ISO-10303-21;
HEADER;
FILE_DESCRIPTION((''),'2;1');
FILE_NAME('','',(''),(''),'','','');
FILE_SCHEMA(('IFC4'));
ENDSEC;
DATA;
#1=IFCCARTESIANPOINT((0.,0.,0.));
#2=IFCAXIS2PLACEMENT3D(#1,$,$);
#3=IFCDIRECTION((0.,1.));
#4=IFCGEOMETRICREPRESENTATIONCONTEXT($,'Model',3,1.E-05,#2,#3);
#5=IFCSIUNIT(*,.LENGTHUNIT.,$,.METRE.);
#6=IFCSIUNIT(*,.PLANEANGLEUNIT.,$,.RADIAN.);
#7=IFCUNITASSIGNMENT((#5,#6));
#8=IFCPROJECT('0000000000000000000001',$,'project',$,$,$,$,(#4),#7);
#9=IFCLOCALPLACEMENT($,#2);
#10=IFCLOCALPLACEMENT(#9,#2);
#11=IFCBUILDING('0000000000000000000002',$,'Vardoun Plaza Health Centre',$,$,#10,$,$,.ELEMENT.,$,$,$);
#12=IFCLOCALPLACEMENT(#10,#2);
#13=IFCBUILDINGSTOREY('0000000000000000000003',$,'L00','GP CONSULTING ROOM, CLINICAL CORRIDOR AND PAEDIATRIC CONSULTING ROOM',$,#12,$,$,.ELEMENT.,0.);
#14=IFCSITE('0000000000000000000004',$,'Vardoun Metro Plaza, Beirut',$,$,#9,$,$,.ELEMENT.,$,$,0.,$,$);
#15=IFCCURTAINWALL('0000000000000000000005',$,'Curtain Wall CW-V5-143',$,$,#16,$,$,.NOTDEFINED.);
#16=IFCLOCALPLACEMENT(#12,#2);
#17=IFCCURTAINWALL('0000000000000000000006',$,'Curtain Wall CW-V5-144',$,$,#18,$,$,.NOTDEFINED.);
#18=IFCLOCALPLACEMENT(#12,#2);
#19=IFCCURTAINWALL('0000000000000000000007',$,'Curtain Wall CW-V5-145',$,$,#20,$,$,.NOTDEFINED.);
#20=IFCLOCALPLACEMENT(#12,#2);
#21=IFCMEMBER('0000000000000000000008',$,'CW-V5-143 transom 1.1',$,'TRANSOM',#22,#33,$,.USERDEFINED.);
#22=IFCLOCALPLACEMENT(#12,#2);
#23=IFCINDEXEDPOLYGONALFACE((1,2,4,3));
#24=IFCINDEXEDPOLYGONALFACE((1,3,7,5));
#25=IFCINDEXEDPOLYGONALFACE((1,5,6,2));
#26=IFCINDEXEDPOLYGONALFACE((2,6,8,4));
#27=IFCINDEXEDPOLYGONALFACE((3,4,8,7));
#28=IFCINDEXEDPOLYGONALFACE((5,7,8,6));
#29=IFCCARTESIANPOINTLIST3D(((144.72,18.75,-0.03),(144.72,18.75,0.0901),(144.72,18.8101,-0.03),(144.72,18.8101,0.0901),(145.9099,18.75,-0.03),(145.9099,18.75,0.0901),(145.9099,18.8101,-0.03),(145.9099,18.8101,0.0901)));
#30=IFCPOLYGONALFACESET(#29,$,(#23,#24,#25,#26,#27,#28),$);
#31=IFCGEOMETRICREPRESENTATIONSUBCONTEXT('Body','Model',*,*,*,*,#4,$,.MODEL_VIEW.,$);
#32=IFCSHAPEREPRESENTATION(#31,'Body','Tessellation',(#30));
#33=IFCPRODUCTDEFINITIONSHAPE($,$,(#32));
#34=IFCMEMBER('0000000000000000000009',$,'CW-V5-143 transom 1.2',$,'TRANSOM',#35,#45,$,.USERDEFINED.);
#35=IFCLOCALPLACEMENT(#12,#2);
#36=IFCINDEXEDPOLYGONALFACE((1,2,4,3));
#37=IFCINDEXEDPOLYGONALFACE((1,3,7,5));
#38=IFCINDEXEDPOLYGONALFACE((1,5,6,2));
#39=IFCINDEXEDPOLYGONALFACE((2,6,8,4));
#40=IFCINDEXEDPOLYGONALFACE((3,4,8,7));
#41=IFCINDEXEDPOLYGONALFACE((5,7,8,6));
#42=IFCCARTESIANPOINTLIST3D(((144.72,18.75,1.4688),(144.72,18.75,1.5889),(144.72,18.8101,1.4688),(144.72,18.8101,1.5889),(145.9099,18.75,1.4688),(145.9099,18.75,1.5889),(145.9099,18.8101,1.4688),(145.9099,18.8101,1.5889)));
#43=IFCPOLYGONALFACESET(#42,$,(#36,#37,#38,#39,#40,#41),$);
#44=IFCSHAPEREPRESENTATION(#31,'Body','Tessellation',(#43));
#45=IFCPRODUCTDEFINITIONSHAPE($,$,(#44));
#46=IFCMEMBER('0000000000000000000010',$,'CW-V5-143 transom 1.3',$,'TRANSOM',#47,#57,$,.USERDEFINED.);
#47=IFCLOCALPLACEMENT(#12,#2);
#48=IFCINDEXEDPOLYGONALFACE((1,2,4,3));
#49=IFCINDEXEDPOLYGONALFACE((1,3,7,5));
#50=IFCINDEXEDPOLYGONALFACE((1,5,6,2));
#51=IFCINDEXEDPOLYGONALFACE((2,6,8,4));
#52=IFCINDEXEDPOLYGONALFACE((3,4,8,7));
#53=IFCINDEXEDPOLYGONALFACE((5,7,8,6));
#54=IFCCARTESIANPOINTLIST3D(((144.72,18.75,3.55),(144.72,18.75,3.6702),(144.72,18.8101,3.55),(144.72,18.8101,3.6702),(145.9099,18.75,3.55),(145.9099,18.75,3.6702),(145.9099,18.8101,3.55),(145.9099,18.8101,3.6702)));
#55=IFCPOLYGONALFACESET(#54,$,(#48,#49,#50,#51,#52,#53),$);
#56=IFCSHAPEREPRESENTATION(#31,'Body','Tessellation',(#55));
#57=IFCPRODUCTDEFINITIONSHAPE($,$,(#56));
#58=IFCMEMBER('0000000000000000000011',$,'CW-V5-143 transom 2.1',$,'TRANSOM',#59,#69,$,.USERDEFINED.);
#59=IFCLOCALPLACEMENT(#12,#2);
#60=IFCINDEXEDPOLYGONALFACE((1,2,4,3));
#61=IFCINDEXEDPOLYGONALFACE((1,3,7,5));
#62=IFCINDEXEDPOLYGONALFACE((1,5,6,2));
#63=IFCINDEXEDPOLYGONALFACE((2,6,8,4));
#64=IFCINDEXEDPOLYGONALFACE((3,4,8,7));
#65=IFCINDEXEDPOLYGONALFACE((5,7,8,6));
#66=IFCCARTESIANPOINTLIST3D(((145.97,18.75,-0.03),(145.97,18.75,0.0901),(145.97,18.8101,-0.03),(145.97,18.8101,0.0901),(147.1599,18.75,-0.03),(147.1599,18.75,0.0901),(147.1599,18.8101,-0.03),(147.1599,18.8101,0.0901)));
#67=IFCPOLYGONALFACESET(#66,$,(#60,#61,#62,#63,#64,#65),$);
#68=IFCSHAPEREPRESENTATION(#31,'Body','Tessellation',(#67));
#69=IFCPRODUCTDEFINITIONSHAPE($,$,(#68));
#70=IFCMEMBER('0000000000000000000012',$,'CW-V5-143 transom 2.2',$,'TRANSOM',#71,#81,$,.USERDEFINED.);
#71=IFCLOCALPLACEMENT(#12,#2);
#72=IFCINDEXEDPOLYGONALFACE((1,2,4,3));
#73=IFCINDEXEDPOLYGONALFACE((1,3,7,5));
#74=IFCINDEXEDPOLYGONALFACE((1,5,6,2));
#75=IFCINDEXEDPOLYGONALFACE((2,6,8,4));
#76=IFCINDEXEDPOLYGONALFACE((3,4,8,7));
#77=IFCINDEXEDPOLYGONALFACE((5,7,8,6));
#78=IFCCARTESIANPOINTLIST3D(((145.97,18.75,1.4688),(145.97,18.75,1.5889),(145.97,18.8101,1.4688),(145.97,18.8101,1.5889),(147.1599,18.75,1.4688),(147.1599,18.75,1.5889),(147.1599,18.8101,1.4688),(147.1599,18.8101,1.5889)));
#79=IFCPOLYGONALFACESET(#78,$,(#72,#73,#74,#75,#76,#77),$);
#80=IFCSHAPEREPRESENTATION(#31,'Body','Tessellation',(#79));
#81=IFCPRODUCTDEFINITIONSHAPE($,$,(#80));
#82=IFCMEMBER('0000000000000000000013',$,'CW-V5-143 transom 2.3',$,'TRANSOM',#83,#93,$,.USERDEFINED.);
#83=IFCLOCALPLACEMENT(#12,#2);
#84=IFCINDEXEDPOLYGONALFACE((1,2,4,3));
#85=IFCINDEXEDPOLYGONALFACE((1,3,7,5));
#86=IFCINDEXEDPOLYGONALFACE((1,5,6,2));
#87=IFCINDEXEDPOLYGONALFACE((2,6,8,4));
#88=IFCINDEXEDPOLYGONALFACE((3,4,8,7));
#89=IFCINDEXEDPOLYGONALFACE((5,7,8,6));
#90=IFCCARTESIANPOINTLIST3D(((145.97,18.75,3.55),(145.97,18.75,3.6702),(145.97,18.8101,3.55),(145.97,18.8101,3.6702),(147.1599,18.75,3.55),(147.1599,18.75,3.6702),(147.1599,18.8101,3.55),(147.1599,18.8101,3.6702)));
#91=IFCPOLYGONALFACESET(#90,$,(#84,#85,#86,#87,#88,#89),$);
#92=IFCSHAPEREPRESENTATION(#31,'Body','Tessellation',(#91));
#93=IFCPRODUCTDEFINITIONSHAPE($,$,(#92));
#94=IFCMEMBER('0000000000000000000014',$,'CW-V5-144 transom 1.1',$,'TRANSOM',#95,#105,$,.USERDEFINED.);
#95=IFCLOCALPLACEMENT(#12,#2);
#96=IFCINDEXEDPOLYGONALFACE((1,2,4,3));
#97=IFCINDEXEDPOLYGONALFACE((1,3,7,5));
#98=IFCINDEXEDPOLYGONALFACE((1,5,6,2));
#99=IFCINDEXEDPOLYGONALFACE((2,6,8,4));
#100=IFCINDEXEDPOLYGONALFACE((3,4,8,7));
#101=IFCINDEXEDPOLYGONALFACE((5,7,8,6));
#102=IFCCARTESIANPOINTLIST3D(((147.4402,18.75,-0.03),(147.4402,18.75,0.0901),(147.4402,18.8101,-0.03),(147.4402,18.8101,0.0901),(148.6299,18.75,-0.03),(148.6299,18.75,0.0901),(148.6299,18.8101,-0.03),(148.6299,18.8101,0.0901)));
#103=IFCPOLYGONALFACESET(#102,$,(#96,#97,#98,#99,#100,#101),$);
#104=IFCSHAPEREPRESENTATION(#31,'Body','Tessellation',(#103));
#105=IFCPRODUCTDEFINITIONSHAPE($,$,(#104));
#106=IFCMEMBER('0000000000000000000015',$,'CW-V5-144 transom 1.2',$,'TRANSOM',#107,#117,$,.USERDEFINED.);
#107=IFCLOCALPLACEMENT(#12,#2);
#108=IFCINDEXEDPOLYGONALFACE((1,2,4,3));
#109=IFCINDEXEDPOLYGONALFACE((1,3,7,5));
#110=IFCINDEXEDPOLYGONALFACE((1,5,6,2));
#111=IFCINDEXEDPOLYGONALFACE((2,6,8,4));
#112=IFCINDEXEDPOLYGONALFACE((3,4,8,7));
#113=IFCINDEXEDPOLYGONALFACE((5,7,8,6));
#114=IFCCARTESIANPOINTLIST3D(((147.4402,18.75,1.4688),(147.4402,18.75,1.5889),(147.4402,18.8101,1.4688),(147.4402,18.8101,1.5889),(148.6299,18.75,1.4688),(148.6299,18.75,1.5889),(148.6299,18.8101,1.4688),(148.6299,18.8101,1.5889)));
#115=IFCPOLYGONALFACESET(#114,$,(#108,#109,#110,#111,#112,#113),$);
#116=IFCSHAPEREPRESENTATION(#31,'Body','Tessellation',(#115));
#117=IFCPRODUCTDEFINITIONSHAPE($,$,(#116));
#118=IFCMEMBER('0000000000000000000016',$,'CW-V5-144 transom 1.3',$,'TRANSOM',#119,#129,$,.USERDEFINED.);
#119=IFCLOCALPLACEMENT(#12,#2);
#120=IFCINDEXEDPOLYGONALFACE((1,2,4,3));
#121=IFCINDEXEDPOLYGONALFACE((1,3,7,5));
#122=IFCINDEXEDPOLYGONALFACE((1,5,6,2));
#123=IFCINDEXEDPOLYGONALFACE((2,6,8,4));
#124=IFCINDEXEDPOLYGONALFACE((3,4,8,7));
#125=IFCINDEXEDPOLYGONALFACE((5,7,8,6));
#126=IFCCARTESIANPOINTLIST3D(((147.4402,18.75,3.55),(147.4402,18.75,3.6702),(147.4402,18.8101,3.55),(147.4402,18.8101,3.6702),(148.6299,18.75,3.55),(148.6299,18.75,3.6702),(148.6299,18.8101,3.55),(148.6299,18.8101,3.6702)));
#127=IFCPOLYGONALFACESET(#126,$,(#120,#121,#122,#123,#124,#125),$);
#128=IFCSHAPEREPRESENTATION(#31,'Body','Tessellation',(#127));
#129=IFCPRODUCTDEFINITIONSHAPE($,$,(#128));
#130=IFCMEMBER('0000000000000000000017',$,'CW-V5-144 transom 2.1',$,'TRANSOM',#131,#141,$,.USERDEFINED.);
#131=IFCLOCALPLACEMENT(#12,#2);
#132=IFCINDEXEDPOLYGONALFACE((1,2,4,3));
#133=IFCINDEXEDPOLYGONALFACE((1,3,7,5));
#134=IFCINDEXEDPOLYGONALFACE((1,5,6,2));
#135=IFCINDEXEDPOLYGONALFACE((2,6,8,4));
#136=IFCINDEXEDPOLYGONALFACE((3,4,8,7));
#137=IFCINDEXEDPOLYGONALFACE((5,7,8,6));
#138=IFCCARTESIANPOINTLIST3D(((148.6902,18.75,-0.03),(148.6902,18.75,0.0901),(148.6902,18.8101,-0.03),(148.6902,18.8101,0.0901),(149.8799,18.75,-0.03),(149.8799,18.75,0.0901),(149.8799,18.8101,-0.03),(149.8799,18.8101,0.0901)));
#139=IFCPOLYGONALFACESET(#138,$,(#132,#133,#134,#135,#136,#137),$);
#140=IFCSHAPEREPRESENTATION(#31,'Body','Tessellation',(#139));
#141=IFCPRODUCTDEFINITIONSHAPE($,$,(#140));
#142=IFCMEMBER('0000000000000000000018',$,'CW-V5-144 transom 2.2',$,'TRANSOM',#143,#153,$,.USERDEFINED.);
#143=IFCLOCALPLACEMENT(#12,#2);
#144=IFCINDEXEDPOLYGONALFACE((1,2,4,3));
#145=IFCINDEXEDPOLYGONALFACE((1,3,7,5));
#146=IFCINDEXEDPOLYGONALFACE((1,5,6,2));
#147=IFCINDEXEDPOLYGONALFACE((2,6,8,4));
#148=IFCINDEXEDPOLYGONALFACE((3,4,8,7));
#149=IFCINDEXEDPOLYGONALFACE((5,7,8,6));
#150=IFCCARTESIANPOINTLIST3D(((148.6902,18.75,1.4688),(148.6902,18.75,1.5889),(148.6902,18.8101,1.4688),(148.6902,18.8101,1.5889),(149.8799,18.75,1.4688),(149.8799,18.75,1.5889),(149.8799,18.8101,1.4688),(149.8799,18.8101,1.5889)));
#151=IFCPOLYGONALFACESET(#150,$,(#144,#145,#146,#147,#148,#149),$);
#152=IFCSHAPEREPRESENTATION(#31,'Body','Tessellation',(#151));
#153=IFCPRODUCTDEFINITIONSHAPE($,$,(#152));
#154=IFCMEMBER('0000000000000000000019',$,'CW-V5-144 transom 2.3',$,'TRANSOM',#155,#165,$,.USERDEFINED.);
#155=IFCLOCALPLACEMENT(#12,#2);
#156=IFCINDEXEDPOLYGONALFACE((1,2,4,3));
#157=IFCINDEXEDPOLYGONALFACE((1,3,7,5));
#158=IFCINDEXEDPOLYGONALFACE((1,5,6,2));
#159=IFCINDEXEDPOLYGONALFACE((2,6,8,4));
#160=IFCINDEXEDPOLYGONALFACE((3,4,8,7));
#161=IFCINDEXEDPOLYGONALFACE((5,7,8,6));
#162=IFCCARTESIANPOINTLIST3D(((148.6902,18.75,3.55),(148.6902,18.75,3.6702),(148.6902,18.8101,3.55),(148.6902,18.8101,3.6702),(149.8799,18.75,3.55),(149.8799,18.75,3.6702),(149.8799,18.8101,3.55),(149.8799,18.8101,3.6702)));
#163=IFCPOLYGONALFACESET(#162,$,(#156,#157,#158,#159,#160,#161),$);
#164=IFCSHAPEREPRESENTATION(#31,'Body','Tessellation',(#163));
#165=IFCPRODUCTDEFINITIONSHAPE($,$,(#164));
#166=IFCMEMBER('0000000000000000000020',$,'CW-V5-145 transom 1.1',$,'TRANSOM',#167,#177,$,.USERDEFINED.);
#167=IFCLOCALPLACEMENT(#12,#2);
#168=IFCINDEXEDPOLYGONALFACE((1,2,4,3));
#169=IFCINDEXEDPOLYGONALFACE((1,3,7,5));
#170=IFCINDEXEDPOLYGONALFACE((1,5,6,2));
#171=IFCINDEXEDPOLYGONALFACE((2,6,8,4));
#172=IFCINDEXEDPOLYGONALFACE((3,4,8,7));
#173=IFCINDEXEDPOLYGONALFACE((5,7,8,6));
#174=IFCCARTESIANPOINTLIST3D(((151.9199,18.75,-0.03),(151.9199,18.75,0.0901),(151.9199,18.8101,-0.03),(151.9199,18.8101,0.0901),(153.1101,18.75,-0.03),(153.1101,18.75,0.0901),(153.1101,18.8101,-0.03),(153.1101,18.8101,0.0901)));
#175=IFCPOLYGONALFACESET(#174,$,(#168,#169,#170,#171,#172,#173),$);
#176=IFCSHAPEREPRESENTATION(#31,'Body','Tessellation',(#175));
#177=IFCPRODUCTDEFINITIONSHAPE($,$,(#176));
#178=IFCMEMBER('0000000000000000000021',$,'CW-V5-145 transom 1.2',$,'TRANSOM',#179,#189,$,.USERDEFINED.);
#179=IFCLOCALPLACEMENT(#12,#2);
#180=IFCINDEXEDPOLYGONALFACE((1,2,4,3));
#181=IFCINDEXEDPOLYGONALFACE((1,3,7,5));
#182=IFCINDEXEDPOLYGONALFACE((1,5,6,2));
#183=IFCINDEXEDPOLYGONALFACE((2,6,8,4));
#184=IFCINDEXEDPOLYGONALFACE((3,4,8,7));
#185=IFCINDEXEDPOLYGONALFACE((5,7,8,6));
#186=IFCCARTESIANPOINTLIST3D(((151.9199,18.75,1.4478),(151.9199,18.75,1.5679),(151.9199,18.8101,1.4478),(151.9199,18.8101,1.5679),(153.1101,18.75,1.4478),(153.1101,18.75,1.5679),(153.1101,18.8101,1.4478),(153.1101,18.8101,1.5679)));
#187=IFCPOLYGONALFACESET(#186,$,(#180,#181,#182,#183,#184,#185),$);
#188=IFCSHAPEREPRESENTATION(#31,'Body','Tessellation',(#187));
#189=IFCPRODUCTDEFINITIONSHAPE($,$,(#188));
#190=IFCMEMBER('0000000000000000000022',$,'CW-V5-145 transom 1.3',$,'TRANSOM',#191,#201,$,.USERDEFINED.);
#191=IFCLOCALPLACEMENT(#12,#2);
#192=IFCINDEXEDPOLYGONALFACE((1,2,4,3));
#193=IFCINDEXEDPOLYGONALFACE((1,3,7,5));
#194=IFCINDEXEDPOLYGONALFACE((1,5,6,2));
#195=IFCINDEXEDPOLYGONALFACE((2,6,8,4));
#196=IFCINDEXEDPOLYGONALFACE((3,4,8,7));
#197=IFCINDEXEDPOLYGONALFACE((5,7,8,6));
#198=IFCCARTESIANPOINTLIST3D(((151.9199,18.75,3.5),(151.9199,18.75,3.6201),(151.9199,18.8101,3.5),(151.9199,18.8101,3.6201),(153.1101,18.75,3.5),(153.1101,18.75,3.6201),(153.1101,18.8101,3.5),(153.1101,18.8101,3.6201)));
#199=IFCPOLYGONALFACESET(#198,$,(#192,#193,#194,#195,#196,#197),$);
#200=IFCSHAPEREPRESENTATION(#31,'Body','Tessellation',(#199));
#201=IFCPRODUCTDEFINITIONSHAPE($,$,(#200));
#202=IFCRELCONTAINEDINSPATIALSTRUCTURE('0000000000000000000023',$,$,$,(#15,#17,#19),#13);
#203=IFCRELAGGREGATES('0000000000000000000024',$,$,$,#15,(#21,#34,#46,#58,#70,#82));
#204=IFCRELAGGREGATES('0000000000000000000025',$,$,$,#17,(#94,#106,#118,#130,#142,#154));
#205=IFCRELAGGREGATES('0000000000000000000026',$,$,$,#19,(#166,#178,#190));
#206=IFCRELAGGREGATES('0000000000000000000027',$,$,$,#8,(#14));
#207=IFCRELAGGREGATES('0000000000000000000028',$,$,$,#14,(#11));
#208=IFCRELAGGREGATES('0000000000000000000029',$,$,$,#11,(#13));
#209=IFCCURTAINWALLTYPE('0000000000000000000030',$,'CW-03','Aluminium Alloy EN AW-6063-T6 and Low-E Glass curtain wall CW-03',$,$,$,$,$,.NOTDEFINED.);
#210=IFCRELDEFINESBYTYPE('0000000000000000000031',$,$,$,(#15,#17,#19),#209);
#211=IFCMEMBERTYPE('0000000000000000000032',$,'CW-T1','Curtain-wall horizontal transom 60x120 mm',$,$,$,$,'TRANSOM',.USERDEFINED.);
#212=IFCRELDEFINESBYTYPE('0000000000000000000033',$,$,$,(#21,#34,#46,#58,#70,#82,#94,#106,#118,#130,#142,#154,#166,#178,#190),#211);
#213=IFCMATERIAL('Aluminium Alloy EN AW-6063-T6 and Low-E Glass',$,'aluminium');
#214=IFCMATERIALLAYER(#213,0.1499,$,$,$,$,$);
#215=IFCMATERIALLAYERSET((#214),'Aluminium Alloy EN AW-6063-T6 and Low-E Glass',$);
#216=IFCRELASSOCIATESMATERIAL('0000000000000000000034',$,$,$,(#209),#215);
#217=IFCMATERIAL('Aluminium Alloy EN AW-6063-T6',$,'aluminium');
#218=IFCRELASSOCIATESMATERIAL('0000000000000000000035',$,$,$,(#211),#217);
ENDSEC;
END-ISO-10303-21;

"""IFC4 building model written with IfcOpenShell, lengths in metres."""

from ifc_helpers import new_model, si_unit, direction, frame, origin, origin_2d, place, context, subcontext, project, spatial, rectangle, extrude, material, layer, layer_set, material_profile, profile_set, type_object, element, aggregate, save


model = new_model("IFC4")

# Units and contexts
model_context = context("Model", 3, precision=1e-05, world=origin(), true_north=direction((0.0, 1.0)))
body_context = subcontext(model_context, "Body", "Model", "MODEL_VIEW")
ifc_project = project(units=[si_unit("LENGTHUNIT", "METRE"), si_unit("PLANEANGLEUNIT", "RADIAN")], contexts=[model_context])

# Site, building, storey
site_placement = place(None, origin())
site = spatial("IfcSite", under=ifc_project, at=site_placement, Name="Vardoun Metro Plaza, Beirut", CompositionType="ELEMENT", RefElevation=0.0)
building_placement = place(site_placement, origin())
building = spatial("IfcBuilding", under=site, at=building_placement, Name="Vardoun Plaza Health Centre", CompositionType="ELEMENT")
storey_placement = place(building_placement, origin())
storey = spatial("IfcBuildingStorey", under=building, at=storey_placement, Name="L00", Description="GP CONSULTING ROOM, CLINICAL CORRIDOR AND PAEDIATRIC CONSULTING ROOM", CompositionType="ELEMENT", Elevation=0.0)

# Curtain walls
ifc_material_1 = material(Name="Aluminium Alloy EN AW-6063-T6 and Low-E Glass", Category="aluminium")
ifc_layer_1 = layer(ifc_material_1, 0.1499)
ifc_layer_set_1 = layer_set([ifc_layer_1], Name="Aluminium Alloy EN AW-6063-T6 and Low-E Glass")
curtain_wall_type = type_object("IfcCurtainWallType", Name="CW-03", Description="Aluminium Alloy EN AW-6063-T6 and Low-E Glass curtain wall CW-03", PredefinedType="NOTDEFINED", material=ifc_layer_set_1)
curtain_wall_1_placement = place(storey_placement, origin())
curtain_wall_1 = element("IfcCurtainWall", 1, at=curtain_wall_1_placement, inside=storey, type_object=curtain_wall_type, Name="Curtain Wall CW-V5-143", PredefinedType="NOTDEFINED")
curtain_wall_2_placement = place(storey_placement, origin())
curtain_wall_2 = element("IfcCurtainWall", 2, at=curtain_wall_2_placement, inside=storey, type_object=curtain_wall_type, Name="Curtain Wall CW-V5-144", PredefinedType="NOTDEFINED")
curtain_wall_3_placement = place(storey_placement, origin())
curtain_wall_3 = element("IfcCurtainWall", 3, at=curtain_wall_3_placement, inside=storey, type_object=curtain_wall_type, Name="Curtain Wall CW-V5-145", PredefinedType="NOTDEFINED")

# Members
ifc_material_2 = material(Name="Aluminium Alloy EN AW-6063-T6", Category="aluminium")
ifc_material_profile_1 = material_profile(ifc_material_2, rectangle(XDim=0.0601, YDim=0.1201, at=origin_2d()), Name="CWT 60x120")
ifc_profile_set_1 = profile_set([ifc_material_profile_1], Name="Aluminium Alloy EN AW-6063-T6")
member_type_1 = type_object("IfcMemberType", Name="CW-T1", Description="Curtain-wall horizontal transom 60x120 mm", ElementType="TRANSOM", PredefinedType="USERDEFINED", material=ifc_profile_set_1)
member_1_placement = place(storey_placement, frame((144.72, 18.78, 0.03), z_axis=(1.0, 0.0, 0.0), x_axis=(0.0, 1.0, 0.0)))
member_1 = element("IfcMember", 4, at=member_1_placement, type_object=member_type_1, Name="CW-V5-143 transom 1.1", ObjectType="TRANSOM", PredefinedType="USERDEFINED", context=body_context, shape_type="SweptSolid", body=[
    extrude(rectangle(XDim=0.0601, YDim=0.1201, at=origin_2d()), origin(), (0.0, 0.0, 1.0), 1.1899),
])
member_2_placement = place(storey_placement, frame((144.72, 18.78, 1.5288), z_axis=(1.0, 0.0, 0.0), x_axis=(0.0, 1.0, 0.0)))
member_2 = element("IfcMember", 5, at=member_2_placement, type_object=member_type_1, Name="CW-V5-143 transom 1.2", ObjectType="TRANSOM", PredefinedType="USERDEFINED", context=body_context, shape_type="SweptSolid", body=[
    extrude(rectangle(XDim=0.0601, YDim=0.1201, at=origin_2d()), origin(), (0.0, 0.0, 1.0), 1.1899),
])
member_3_placement = place(storey_placement, frame((144.72, 18.78, 3.6101), z_axis=(1.0, 0.0, 0.0), x_axis=(0.0, 1.0, 0.0)))
member_3 = element("IfcMember", 6, at=member_3_placement, type_object=member_type_1, Name="CW-V5-143 transom 1.3", ObjectType="TRANSOM", PredefinedType="USERDEFINED", context=body_context, shape_type="SweptSolid", body=[
    extrude(rectangle(XDim=0.0601, YDim=0.1201, at=origin_2d()), origin(), (0.0, 0.0, 1.0), 1.1899),
])
member_4_placement = place(storey_placement, frame((145.97, 18.78, 0.03), z_axis=(1.0, 0.0, 0.0), x_axis=(0.0, 1.0, 0.0)))
member_4 = element("IfcMember", 7, at=member_4_placement, type_object=member_type_1, Name="CW-V5-143 transom 2.1", ObjectType="TRANSOM", PredefinedType="USERDEFINED", context=body_context, shape_type="SweptSolid", body=[
    extrude(rectangle(XDim=0.0601, YDim=0.1201, at=origin_2d()), origin(), (0.0, 0.0, 1.0), 1.1899),
])
member_5_placement = place(storey_placement, frame((145.97, 18.78, 1.5288), z_axis=(1.0, 0.0, 0.0), x_axis=(0.0, 1.0, 0.0)))
member_5 = element("IfcMember", 8, at=member_5_placement, type_object=member_type_1, Name="CW-V5-143 transom 2.2", ObjectType="TRANSOM", PredefinedType="USERDEFINED", context=body_context, shape_type="SweptSolid", body=[
    extrude(rectangle(XDim=0.0601, YDim=0.1201, at=origin_2d()), origin(), (0.0, 0.0, 1.0), 1.1899),
])
member_6_placement = place(storey_placement, frame((145.97, 18.78, 3.6101), z_axis=(1.0, 0.0, 0.0), x_axis=(0.0, 1.0, 0.0)))
member_6 = element("IfcMember", 9, at=member_6_placement, type_object=member_type_1, Name="CW-V5-143 transom 2.3", ObjectType="TRANSOM", PredefinedType="USERDEFINED", context=body_context, shape_type="SweptSolid", body=[
    extrude(rectangle(XDim=0.0601, YDim=0.1201, at=origin_2d()), origin(), (0.0, 0.0, 1.0), 1.1899),
])
member_7_placement = place(storey_placement, frame((147.4402, 18.78, 0.03), z_axis=(1.0, 0.0, 0.0), x_axis=(0.0, 1.0, 0.0)))
member_7 = element("IfcMember", 10, at=member_7_placement, type_object=member_type_1, Name="CW-V5-144 transom 1.1", ObjectType="TRANSOM", PredefinedType="USERDEFINED", context=body_context, shape_type="SweptSolid", body=[
    extrude(rectangle(XDim=0.0601, YDim=0.1201, at=origin_2d()), origin(), (0.0, 0.0, 1.0), 1.1897),
])
member_8_placement = place(storey_placement, frame((147.4402, 18.78, 1.5288), z_axis=(1.0, 0.0, 0.0), x_axis=(0.0, 1.0, 0.0)))
member_8 = element("IfcMember", 11, at=member_8_placement, type_object=member_type_1, Name="CW-V5-144 transom 1.2", ObjectType="TRANSOM", PredefinedType="USERDEFINED", context=body_context, shape_type="SweptSolid", body=[
    extrude(rectangle(XDim=0.0601, YDim=0.1201, at=origin_2d()), origin(), (0.0, 0.0, 1.0), 1.1897),
])
member_9_placement = place(storey_placement, frame((147.4402, 18.78, 3.6101), z_axis=(1.0, 0.0, 0.0), x_axis=(0.0, 1.0, 0.0)))
member_9 = element("IfcMember", 12, at=member_9_placement, type_object=member_type_1, Name="CW-V5-144 transom 1.3", ObjectType="TRANSOM", PredefinedType="USERDEFINED", context=body_context, shape_type="SweptSolid", body=[
    extrude(rectangle(XDim=0.0601, YDim=0.1201, at=origin_2d()), origin(), (0.0, 0.0, 1.0), 1.1897),
])
member_10_placement = place(storey_placement, frame((148.6902, 18.78, 0.03), z_axis=(1.0, 0.0, 0.0), x_axis=(0.0, 1.0, 0.0)))
member_10 = element("IfcMember", 13, at=member_10_placement, type_object=member_type_1, Name="CW-V5-144 transom 2.1", ObjectType="TRANSOM", PredefinedType="USERDEFINED", context=body_context, shape_type="SweptSolid", body=[
    extrude(rectangle(XDim=0.0601, YDim=0.1201, at=origin_2d()), origin(), (0.0, 0.0, 1.0), 1.1897),
])
member_11_placement = place(storey_placement, frame((148.6902, 18.78, 1.5288), z_axis=(1.0, 0.0, 0.0), x_axis=(0.0, 1.0, 0.0)))
member_11 = element("IfcMember", 14, at=member_11_placement, type_object=member_type_1, Name="CW-V5-144 transom 2.2", ObjectType="TRANSOM", PredefinedType="USERDEFINED", context=body_context, shape_type="SweptSolid", body=[
    extrude(rectangle(XDim=0.0601, YDim=0.1201, at=origin_2d()), origin(), (0.0, 0.0, 1.0), 1.1897),
])
member_12_placement = place(storey_placement, frame((148.6902, 18.78, 3.6101), z_axis=(1.0, 0.0, 0.0), x_axis=(0.0, 1.0, 0.0)))
member_12 = element("IfcMember", 15, at=member_12_placement, type_object=member_type_1, Name="CW-V5-144 transom 2.3", ObjectType="TRANSOM", PredefinedType="USERDEFINED", context=body_context, shape_type="SweptSolid", body=[
    extrude(rectangle(XDim=0.0601, YDim=0.1201, at=origin_2d()), origin(), (0.0, 0.0, 1.0), 1.1897),
])
member_13_placement = place(storey_placement, frame((151.9199, 18.78, 0.03), z_axis=(1.0, 0.0, 0.0), x_axis=(0.0, 1.0, 0.0)))
member_13 = element("IfcMember", 16, at=member_13_placement, type_object=member_type_1, Name="CW-V5-145 transom 1.1", ObjectType="TRANSOM", PredefinedType="USERDEFINED", context=body_context, shape_type="SweptSolid", body=[
    extrude(rectangle(XDim=0.0601, YDim=0.1201, at=origin_2d()), origin(), (0.0, 0.0, 1.0), 1.1902),
])
member_14_placement = place(storey_placement, frame((151.9199, 18.78, 1.5078), z_axis=(1.0, 0.0, 0.0), x_axis=(0.0, 1.0, 0.0)))
member_14 = element("IfcMember", 17, at=member_14_placement, type_object=member_type_1, Name="CW-V5-145 transom 1.2", ObjectType="TRANSOM", PredefinedType="USERDEFINED", context=body_context, shape_type="SweptSolid", body=[
    extrude(rectangle(XDim=0.0601, YDim=0.1201, at=origin_2d()), origin(), (0.0, 0.0, 1.0), 1.1902),
])
member_15_placement = place(storey_placement, frame((151.9199, 18.78, 3.5601), z_axis=(1.0, 0.0, 0.0), x_axis=(0.0, 1.0, 0.0)))
member_15 = element("IfcMember", 18, at=member_15_placement, type_object=member_type_1, Name="CW-V5-145 transom 1.3", ObjectType="TRANSOM", PredefinedType="USERDEFINED", context=body_context, shape_type="SweptSolid", body=[
    extrude(rectangle(XDim=0.0601, YDim=0.1201, at=origin_2d()), origin(), (0.0, 0.0, 1.0), 1.1902),
])

aggregate(curtain_wall_1, [member_1, member_2, member_3, member_4, member_5, member_6])
aggregate(curtain_wall_2, [member_7, member_8, member_9, member_10, member_11, member_12])
aggregate(curtain_wall_3, [member_13, member_14, member_15])

save(model, "model.ifc")
